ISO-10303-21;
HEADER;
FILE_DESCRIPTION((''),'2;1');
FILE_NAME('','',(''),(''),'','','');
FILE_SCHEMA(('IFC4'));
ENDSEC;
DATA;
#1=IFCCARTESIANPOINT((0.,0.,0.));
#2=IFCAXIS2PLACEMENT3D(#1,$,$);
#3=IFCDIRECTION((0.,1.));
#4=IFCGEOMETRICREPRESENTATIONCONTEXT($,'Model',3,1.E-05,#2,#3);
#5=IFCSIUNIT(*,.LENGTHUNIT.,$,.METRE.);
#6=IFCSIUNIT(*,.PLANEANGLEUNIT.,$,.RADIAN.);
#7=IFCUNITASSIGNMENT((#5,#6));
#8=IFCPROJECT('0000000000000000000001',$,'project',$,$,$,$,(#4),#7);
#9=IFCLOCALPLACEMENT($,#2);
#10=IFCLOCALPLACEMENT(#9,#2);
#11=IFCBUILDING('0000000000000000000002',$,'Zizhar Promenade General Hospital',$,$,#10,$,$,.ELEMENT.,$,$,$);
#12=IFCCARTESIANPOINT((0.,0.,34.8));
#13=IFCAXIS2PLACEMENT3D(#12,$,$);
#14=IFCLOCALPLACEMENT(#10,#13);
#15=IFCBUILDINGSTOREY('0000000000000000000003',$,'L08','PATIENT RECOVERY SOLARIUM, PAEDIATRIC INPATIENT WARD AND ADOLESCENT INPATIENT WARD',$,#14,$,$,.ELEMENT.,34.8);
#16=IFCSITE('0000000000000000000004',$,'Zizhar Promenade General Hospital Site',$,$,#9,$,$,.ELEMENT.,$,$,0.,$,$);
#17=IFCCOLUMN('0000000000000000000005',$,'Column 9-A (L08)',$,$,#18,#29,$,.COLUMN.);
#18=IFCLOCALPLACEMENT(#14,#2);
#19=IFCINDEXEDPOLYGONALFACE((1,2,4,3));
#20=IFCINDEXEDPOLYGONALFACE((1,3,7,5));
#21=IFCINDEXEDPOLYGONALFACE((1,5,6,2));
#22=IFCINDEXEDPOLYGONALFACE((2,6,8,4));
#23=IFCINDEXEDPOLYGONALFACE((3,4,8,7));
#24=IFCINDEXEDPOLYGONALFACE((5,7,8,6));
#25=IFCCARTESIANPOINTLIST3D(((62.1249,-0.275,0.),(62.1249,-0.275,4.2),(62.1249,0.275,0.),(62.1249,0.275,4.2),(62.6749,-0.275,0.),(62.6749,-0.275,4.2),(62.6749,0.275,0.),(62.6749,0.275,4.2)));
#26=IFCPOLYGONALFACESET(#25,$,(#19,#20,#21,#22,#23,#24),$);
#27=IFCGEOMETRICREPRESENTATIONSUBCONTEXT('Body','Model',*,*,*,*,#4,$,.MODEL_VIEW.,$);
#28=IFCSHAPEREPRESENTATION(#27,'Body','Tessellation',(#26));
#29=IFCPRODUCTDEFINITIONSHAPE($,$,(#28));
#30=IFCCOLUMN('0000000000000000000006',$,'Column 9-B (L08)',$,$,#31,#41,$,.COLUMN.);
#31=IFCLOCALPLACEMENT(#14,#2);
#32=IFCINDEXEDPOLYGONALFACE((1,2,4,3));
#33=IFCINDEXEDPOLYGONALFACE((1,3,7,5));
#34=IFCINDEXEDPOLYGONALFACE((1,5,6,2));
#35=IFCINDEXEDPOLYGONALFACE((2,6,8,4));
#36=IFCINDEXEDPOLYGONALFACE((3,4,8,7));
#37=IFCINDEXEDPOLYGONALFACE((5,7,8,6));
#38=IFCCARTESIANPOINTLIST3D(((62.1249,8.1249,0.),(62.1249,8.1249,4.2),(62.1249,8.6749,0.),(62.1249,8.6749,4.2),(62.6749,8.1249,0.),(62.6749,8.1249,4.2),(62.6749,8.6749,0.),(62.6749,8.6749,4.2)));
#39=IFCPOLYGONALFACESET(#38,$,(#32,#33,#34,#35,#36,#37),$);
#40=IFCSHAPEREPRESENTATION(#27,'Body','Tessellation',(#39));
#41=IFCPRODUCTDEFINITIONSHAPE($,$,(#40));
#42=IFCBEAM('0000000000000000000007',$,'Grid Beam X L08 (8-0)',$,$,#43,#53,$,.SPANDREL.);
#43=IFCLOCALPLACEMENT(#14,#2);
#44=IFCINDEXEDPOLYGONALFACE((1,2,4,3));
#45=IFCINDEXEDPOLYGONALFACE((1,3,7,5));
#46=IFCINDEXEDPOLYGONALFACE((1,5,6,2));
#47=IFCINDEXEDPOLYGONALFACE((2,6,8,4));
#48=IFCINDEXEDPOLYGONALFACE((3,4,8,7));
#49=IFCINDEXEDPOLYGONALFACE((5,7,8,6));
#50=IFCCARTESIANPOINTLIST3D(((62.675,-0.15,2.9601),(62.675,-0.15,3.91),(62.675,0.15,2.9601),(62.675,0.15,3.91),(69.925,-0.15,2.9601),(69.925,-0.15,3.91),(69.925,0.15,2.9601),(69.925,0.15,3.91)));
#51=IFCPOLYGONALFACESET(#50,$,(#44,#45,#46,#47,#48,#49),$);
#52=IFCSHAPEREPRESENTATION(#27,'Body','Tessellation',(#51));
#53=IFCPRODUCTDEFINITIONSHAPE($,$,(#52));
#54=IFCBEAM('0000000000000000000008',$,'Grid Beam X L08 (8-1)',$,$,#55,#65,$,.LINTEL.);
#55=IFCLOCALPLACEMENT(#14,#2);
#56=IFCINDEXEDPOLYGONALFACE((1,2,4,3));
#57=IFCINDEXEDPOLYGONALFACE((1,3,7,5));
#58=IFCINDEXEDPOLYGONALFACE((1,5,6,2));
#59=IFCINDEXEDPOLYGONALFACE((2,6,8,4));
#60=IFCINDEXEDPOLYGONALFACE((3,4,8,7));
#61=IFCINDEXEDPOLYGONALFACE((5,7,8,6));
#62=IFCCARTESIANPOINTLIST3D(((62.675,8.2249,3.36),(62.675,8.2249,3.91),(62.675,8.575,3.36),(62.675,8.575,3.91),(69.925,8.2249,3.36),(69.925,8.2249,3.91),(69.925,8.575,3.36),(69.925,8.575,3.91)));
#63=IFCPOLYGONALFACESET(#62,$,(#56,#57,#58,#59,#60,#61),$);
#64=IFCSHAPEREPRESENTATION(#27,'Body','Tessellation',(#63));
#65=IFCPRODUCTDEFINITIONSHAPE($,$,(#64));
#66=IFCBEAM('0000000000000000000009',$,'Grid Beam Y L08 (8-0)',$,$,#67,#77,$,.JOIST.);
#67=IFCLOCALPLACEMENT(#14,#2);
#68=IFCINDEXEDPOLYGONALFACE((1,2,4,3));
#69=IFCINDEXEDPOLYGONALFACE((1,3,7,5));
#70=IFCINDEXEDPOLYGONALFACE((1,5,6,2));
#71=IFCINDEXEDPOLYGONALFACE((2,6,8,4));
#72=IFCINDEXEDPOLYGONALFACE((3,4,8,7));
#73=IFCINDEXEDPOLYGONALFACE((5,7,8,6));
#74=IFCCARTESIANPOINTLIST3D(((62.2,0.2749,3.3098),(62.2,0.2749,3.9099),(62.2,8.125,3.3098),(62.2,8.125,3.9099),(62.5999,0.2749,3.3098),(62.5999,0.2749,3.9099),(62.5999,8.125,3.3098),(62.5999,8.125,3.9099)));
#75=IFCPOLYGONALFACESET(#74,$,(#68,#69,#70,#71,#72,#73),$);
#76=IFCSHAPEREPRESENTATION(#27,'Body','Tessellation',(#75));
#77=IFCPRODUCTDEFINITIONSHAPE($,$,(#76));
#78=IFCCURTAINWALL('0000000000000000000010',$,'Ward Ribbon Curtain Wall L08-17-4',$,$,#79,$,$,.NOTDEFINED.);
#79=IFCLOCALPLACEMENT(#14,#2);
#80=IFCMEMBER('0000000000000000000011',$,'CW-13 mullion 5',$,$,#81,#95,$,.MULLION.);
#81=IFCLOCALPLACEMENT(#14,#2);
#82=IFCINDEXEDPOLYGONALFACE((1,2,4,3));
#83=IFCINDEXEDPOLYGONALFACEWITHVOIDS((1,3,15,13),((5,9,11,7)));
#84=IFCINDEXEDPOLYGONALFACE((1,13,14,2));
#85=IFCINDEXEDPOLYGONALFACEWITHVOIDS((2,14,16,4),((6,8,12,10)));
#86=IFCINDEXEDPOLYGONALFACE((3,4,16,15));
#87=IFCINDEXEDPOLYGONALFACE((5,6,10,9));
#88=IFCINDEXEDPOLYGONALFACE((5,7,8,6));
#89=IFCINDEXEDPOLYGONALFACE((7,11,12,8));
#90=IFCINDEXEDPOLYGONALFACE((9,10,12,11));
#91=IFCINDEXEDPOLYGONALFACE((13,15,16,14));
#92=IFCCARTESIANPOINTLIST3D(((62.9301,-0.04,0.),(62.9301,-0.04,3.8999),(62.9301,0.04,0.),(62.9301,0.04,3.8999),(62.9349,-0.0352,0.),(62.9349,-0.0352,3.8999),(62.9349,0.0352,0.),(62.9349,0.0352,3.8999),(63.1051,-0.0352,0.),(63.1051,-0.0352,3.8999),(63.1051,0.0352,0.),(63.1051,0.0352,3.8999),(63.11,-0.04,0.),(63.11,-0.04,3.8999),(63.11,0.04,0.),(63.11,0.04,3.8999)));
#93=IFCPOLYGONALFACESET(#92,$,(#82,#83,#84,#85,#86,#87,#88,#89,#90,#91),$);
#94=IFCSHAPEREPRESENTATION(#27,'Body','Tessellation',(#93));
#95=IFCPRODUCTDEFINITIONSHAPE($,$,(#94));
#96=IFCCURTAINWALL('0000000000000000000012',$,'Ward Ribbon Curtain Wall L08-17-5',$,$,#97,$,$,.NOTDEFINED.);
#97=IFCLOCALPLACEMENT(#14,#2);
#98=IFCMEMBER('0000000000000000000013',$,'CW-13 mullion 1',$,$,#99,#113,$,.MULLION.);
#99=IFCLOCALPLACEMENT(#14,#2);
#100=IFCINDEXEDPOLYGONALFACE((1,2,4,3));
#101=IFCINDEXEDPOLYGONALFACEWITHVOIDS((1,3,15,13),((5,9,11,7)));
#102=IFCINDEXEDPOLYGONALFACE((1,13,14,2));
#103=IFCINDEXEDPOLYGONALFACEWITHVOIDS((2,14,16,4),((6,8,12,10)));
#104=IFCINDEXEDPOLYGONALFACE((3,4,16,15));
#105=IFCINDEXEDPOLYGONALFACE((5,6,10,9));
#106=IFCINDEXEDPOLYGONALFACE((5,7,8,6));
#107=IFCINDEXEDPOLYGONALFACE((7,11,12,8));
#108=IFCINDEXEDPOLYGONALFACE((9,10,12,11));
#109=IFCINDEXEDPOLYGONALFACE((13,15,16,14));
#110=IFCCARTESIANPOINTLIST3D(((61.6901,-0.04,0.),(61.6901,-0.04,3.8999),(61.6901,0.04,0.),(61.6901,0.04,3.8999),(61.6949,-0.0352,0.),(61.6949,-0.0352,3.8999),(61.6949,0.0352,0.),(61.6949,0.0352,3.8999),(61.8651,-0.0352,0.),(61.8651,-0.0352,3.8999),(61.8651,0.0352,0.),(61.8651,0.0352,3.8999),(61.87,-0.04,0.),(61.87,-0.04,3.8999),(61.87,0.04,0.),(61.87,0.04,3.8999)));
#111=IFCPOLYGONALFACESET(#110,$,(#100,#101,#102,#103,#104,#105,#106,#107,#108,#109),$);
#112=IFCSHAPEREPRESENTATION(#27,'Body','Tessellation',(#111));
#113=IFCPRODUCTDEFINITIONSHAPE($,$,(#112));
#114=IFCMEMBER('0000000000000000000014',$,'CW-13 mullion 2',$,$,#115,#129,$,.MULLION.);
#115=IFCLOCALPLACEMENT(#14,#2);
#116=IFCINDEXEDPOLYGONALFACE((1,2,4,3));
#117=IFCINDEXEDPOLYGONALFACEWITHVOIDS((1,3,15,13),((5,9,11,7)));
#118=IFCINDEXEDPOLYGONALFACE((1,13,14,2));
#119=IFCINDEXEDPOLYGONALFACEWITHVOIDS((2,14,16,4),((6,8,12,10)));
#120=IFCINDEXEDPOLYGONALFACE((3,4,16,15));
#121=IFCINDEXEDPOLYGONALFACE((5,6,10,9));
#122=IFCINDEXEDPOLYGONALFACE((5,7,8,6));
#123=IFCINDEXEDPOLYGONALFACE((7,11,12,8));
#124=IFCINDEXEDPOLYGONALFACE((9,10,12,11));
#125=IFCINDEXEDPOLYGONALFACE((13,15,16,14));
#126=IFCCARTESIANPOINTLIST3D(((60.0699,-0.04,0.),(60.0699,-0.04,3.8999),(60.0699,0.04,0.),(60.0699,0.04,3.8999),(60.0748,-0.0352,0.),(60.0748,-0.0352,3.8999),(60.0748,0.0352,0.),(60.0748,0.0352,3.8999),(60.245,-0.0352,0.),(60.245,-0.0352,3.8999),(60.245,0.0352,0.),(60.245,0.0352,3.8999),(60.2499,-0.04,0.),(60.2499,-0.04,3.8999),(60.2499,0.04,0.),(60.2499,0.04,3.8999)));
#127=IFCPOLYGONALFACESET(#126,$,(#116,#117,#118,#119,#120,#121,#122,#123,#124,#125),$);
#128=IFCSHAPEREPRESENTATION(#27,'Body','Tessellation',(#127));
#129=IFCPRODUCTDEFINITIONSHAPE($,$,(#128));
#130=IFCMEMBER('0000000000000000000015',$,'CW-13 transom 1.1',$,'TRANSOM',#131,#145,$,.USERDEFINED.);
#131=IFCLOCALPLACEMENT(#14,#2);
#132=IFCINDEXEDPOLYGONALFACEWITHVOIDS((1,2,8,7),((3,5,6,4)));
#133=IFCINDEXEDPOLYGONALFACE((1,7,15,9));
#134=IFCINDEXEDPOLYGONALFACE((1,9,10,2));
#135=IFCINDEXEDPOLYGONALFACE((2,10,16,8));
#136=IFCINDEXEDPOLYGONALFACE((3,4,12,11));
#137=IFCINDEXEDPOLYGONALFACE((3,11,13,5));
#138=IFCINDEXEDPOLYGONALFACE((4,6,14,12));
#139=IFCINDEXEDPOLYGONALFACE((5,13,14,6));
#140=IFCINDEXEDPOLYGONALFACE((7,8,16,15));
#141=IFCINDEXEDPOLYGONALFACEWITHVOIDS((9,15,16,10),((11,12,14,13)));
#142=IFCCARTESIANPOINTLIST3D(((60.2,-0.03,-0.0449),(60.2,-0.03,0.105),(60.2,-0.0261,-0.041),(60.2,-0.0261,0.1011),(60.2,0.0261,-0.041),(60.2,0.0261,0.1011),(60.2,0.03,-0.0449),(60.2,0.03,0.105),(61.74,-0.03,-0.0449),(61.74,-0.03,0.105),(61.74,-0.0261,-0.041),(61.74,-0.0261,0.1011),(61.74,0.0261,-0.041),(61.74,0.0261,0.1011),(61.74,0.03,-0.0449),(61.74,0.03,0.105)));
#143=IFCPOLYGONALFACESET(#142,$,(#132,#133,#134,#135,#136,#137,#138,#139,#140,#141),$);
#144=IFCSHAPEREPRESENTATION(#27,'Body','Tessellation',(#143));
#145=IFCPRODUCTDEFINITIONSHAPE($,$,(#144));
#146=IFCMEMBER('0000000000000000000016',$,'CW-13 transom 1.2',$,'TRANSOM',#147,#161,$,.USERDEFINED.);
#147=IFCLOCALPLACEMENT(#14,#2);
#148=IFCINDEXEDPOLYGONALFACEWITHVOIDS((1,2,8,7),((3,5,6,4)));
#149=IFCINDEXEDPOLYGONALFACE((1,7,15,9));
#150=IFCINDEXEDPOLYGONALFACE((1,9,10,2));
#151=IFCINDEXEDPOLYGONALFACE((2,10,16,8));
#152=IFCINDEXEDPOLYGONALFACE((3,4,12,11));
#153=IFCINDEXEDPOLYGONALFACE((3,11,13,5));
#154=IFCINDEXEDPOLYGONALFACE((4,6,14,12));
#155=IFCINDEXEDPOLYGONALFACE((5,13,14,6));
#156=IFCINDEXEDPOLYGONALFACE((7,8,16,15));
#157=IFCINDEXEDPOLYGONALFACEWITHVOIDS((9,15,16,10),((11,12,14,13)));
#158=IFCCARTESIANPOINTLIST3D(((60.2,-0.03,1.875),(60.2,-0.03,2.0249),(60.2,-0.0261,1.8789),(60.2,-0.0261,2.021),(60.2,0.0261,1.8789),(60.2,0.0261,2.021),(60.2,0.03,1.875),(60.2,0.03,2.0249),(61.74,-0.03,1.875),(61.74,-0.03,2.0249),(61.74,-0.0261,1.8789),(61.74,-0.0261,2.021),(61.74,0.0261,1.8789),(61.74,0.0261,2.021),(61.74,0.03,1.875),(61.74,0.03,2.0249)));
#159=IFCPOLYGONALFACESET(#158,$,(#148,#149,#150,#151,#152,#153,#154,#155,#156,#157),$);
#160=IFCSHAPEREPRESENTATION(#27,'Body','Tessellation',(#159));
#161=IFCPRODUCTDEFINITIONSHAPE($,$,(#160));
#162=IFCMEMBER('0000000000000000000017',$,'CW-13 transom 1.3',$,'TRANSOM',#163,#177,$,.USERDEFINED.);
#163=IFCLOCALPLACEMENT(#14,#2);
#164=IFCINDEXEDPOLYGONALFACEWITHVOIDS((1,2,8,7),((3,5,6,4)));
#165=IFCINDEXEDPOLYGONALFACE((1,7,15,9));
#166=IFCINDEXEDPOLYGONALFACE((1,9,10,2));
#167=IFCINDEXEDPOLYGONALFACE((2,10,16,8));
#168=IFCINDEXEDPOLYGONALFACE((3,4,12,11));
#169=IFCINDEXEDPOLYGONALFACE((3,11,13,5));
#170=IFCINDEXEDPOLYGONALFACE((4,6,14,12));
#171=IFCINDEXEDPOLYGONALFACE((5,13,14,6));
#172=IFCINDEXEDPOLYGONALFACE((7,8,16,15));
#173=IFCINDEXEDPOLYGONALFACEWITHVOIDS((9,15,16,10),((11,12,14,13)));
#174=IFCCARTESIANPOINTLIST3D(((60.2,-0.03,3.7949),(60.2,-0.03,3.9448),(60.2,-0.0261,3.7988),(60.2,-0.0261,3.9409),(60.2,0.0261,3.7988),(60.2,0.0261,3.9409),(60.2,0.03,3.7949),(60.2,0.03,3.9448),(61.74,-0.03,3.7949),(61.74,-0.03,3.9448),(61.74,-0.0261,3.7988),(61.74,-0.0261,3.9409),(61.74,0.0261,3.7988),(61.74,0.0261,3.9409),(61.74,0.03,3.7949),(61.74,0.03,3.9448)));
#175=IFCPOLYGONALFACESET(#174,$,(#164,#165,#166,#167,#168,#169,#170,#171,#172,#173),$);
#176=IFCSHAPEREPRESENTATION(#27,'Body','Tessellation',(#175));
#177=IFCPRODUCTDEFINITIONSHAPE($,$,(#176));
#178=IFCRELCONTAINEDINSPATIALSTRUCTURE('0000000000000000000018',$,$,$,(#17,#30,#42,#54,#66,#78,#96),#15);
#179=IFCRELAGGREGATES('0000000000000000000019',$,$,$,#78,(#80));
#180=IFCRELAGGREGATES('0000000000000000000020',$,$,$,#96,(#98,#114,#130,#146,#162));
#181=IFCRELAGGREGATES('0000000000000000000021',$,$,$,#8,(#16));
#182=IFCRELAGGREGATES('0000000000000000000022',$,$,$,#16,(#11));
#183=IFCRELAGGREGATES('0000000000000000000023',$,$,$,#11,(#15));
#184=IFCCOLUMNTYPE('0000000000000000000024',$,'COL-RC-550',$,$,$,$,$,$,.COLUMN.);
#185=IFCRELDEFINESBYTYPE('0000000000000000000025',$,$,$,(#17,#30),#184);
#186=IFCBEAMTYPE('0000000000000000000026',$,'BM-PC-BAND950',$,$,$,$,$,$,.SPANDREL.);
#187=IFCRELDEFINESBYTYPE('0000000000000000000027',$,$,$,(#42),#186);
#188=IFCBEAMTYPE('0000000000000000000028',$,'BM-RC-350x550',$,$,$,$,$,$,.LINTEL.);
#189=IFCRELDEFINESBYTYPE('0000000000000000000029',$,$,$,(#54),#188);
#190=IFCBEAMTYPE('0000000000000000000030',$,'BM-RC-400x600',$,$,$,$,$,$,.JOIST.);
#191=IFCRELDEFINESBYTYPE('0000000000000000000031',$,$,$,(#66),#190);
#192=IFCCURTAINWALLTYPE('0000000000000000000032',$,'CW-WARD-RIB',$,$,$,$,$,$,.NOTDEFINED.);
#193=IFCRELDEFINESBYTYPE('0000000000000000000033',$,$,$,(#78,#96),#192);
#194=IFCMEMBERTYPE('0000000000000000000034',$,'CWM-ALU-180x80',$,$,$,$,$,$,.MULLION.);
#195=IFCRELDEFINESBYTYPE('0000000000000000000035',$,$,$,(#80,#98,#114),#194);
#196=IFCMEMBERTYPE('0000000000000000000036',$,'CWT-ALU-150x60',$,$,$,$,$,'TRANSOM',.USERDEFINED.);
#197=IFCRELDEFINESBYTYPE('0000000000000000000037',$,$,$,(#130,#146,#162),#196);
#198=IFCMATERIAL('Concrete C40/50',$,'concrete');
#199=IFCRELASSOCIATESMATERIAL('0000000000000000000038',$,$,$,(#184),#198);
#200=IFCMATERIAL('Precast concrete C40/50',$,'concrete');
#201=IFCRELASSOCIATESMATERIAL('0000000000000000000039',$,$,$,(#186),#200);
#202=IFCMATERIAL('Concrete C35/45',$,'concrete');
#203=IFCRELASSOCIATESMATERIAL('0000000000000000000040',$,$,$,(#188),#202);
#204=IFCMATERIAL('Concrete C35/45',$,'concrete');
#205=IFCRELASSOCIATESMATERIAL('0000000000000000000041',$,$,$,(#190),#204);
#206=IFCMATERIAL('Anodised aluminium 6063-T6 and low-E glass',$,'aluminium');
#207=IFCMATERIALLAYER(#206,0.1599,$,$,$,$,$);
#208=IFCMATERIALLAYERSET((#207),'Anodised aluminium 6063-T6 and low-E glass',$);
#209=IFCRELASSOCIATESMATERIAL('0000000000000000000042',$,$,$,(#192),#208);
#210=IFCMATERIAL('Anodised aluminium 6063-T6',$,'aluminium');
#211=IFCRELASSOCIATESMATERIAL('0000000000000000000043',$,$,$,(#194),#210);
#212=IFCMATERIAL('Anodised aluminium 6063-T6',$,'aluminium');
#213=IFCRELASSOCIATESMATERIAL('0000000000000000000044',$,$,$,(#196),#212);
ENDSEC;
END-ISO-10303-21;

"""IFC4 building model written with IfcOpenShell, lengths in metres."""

from ifc_helpers import new_model, si_unit, direction, frame, origin, origin_2d, place, context, subcontext, project, spatial, rectangle, hollow_rectangle, extrude, material, layer, layer_set, material_profile, profile_set, type_object, element, aggregate, save


model = new_model("IFC4")

# Units and contexts
model_context = context("Model", 3, precision=1e-05, world=origin(), true_north=direction((0.0, 1.0)))
body_context = subcontext(model_context, "Body", "Model", "MODEL_VIEW")
ifc_project = project(units=[si_unit("LENGTHUNIT", "METRE"), si_unit("PLANEANGLEUNIT", "RADIAN")], contexts=[model_context])

# Site, building, storey
site_placement = place(None, origin())
site = spatial("IfcSite", under=ifc_project, at=site_placement, Name="Zizhar Promenade General Hospital Site", CompositionType="ELEMENT", RefElevation=0.0)
building_placement = place(site_placement, origin())
building = spatial("IfcBuilding", under=site, at=building_placement, Name="Zizhar Promenade General Hospital", CompositionType="ELEMENT")
storey_placement = place(building_placement, frame((0.0, 0.0, 34.8)))
storey = spatial("IfcBuildingStorey", under=building, at=storey_placement, Name="L08", Description="PATIENT RECOVERY SOLARIUM, PAEDIATRIC INPATIENT WARD AND ADOLESCENT INPATIENT WARD", CompositionType="ELEMENT", Elevation=34.8)

# Columns
ifc_material_1 = material(Name="Concrete C40/50", Category="concrete")
ifc_material_profile_1 = material_profile(ifc_material_1, rectangle(XDim=0.55, YDim=0.55, at=origin_2d()))
ifc_profile_set_1 = profile_set([ifc_material_profile_1], Name="Concrete C40/50")
column_type = type_object("IfcColumnType", Name="COL-RC-550", PredefinedType="COLUMN", material=ifc_profile_set_1)
for number, where, z_axis, x_axis, name in (
    (1, (62.3999, 0.0, 0.0), (0.0, 0.0, 1.0), (1.0, 0.0, 0.0), "Column 9-A (L08)"),
    (2, (62.3999, 8.3999, 0.0), (0.0, 0.0, 1.0), (1.0, 0.0, 0.0), "Column 9-B (L08)"),
):
    element("IfcColumn", number, at=place(storey_placement, frame(where, z_axis=z_axis, x_axis=x_axis)), inside=storey, type_object=column_type, Name=name, PredefinedType="COLUMN", context=body_context, shape_type="SweptSolid", body=[
        extrude(rectangle(XDim=0.55, YDim=0.55, at=origin_2d()), origin(), (0.0, 0.0, 1.0), 4.2),
    ])

# Beams
ifc_material_2 = material(Name="Precast concrete C40/50", Category="concrete")
ifc_material_profile_2 = material_profile(ifc_material_2, rectangle(XDim=0.3, YDim=0.95, at=origin_2d()))
ifc_profile_set_2 = profile_set([ifc_material_profile_2], Name="Precast concrete C40/50")
beam_type_1 = type_object("IfcBeamType", Name="BM-PC-BAND950", PredefinedType="SPANDREL", material=ifc_profile_set_2)
beam_1_placement = place(storey_placement, frame((62.675, 0.0, 3.4351), z_axis=(1.0, 0.0, 0.0), x_axis=(0.0, 1.0, 0.0)))
element("IfcBeam", 3, at=beam_1_placement, inside=storey, type_object=beam_type_1, Name="Grid Beam X L08 (8-0)", PredefinedType="SPANDREL", context=body_context, shape_type="SweptSolid", body=[
    extrude(rectangle(XDim=0.3, YDim=0.95, at=origin_2d()), origin(), (0.0, 0.0, 1.0), 7.25),
])
ifc_material_3 = material(Name="Concrete C35/45", Category="concrete")
ifc_material_profile_3 = material_profile(ifc_material_3, rectangle(XDim=0.3501, YDim=0.55, at=origin_2d()))
ifc_profile_set_3 = profile_set([ifc_material_profile_3], Name="Concrete C35/45")
beam_type_2 = type_object("IfcBeamType", Name="BM-RC-350x550", PredefinedType="LINTEL", material=ifc_profile_set_3)
beam_2_placement = place(storey_placement, frame((62.675, 8.3999, 3.635), z_axis=(1.0, 0.0, 0.0), x_axis=(0.0, 1.0, 0.0)))
element("IfcBeam", 4, at=beam_2_placement, inside=storey, type_object=beam_type_2, Name="Grid Beam X L08 (8-1)", PredefinedType="LINTEL", context=body_context, shape_type="SweptSolid", body=[
    extrude(rectangle(XDim=0.3501, YDim=0.55, at=origin_2d()), origin(), (0.0, 0.0, 1.0), 7.25),
])
ifc_material_4 = material(Name="Concrete C35/45", Category="concrete")
ifc_material_profile_4 = material_profile(ifc_material_4, rectangle(XDim=0.3999, YDim=0.6001, at=origin_2d()))
ifc_profile_set_4 = profile_set([ifc_material_profile_4], Name="Concrete C35/45")
beam_type_3 = type_object("IfcBeamType", Name="BM-RC-400x600", PredefinedType="JOIST", material=ifc_profile_set_4)
beam_3_placement = place(storey_placement, frame((62.3999, 0.2749, 3.6099), z_axis=(0.0, 1.0, 0.0), x_axis=(-1.0, 0.0, 0.0)))
element("IfcBeam", 5, at=beam_3_placement, inside=storey, type_object=beam_type_3, Name="Grid Beam Y L08 (8-0)", PredefinedType="JOIST", context=body_context, shape_type="SweptSolid", body=[
    extrude(rectangle(XDim=0.3999, YDim=0.6001, at=origin_2d()), origin(), (0.0, 0.0, 1.0), 7.8501),
])

# Curtain wall, member
ifc_material_5 = material(Name="Anodised aluminium 6063-T6 and low-E glass", Category="aluminium")
ifc_layer_1 = layer(ifc_material_5, 0.1599)
ifc_layer_set_1 = layer_set([ifc_layer_1], Name="Anodised aluminium 6063-T6 and low-E glass")
curtain_wall_type = type_object("IfcCurtainWallType", Name="CW-WARD-RIB", PredefinedType="NOTDEFINED", material=ifc_layer_set_1)
curtain_wall_1_placement = place(storey_placement, origin())
curtain_wall_1 = element("IfcCurtainWall", 6, at=curtain_wall_1_placement, inside=storey, type_object=curtain_wall_type, Name="Ward Ribbon Curtain Wall L08-17-4", PredefinedType="NOTDEFINED")
ifc_material_6 = material(Name="Anodised aluminium 6063-T6", Category="aluminium")
ifc_material_profile_5 = material_profile(ifc_material_6, hollow_rectangle(XDim=0.0801, YDim=0.1799, WallThickness=0.0049, at=origin_2d()))
ifc_profile_set_5 = profile_set([ifc_material_profile_5], Name="Anodised aluminium 6063-T6")
member_type_1 = type_object("IfcMemberType", Name="CWM-ALU-180x80", PredefinedType="MULLION", material=ifc_profile_set_5)
member_1_placement = place(storey_placement, frame((63.02, 0.0, 0.0), z_axis=(0.0, 0.0, 1.0), x_axis=(0.0, -1.0, 0.0)))
member_1 = element("IfcMember", 7, at=member_1_placement, type_object=member_type_1, Name="CW-13 mullion 5", PredefinedType="MULLION", context=body_context, shape_type="SweptSolid", body=[
    extrude(hollow_rectangle(XDim=0.0801, YDim=0.1799, WallThickness=0.0049, at=origin_2d()), origin(), (0.0, 0.0, 1.0), 3.8999),
])

# Curtain wall, members
curtain_wall_2_placement = place(storey_placement, origin())
curtain_wall_2 = element("IfcCurtainWall", 8, at=curtain_wall_2_placement, inside=storey, type_object=curtain_wall_type, Name="Ward Ribbon Curtain Wall L08-17-5", PredefinedType="NOTDEFINED")
member_2_placement = place(storey_placement, frame((61.78, 0.0, 0.0), z_axis=(0.0, 0.0, 1.0), x_axis=(0.0, -1.0, 0.0)))
member_2 = element("IfcMember", 9, at=member_2_placement, type_object=member_type_1, Name="CW-13 mullion 1", PredefinedType="MULLION", context=body_context, shape_type="SweptSolid", body=[
    extrude(hollow_rectangle(XDim=0.0801, YDim=0.1799, WallThickness=0.0049, at=origin_2d()), origin(), (0.0, 0.0, 1.0), 3.8999),
])
member_3_placement = place(storey_placement, frame((60.1599, 0.0, 0.0), z_axis=(0.0, 0.0, 1.0), x_axis=(0.0, -1.0, 0.0)))
member_3 = element("IfcMember", 10, at=member_3_placement, type_object=member_type_1, Name="CW-13 mullion 2", PredefinedType="MULLION", context=body_context, shape_type="SweptSolid", body=[
    extrude(hollow_rectangle(XDim=0.0801, YDim=0.1799, WallThickness=0.0049, at=origin_2d()), origin(), (0.0, 0.0, 1.0), 3.8999),
])
ifc_material_7 = material(Name="Anodised aluminium 6063-T6", Category="aluminium")
ifc_material_profile_6 = material_profile(ifc_material_7, hollow_rectangle(XDim=0.0601, YDim=0.1499, WallThickness=0.0039, at=origin_2d()))
ifc_profile_set_6 = profile_set([ifc_material_profile_6], Name="Anodised aluminium 6063-T6")
member_type_2 = type_object("IfcMemberType", Name="CWT-ALU-150x60", ElementType="TRANSOM", PredefinedType="USERDEFINED", material=ifc_profile_set_6)
member_4_placement = place(storey_placement, frame((61.74, 0.0, 0.03), z_axis=(-1.0, 0.0, 0.0), x_axis=(0.0, -1.0, 0.0)))
member_4 = element("IfcMember", 11, at=member_4_placement, type_object=member_type_2, Name="CW-13 transom 1.1", ObjectType="TRANSOM", PredefinedType="USERDEFINED", context=body_context, shape_type="SweptSolid", body=[
    extrude(hollow_rectangle(XDim=0.0601, YDim=0.1499, WallThickness=0.0039, at=origin_2d()), origin(), (0.0, 0.0, 1.0), 1.54),
])
member_5_placement = place(storey_placement, frame((61.74, 0.0, 1.95), z_axis=(-1.0, 0.0, 0.0), x_axis=(0.0, -1.0, 0.0)))
member_5 = element("IfcMember", 12, at=member_5_placement, type_object=member_type_2, Name="CW-13 transom 1.2", ObjectType="TRANSOM", PredefinedType="USERDEFINED", context=body_context, shape_type="SweptSolid", body=[
    extrude(hollow_rectangle(XDim=0.0601, YDim=0.1499, WallThickness=0.0039, at=origin_2d()), origin(), (0.0, 0.0, 1.0), 1.54),
])
member_6_placement = place(storey_placement, frame((61.74, 0.0, 3.8699), z_axis=(-1.0, 0.0, 0.0), x_axis=(0.0, -1.0, 0.0)))
member_6 = element("IfcMember", 13, at=member_6_placement, type_object=member_type_2, Name="CW-13 transom 1.3", ObjectType="TRANSOM", PredefinedType="USERDEFINED", context=body_context, shape_type="SweptSolid", body=[
    extrude(hollow_rectangle(XDim=0.0601, YDim=0.1499, WallThickness=0.0039, at=origin_2d()), origin(), (0.0, 0.0, 1.0), 1.54),
])

aggregate(curtain_wall_1, [member_1])
aggregate(curtain_wall_2, [member_2, member_3, member_4, member_5, member_6])

save(model, "model.ifc")
